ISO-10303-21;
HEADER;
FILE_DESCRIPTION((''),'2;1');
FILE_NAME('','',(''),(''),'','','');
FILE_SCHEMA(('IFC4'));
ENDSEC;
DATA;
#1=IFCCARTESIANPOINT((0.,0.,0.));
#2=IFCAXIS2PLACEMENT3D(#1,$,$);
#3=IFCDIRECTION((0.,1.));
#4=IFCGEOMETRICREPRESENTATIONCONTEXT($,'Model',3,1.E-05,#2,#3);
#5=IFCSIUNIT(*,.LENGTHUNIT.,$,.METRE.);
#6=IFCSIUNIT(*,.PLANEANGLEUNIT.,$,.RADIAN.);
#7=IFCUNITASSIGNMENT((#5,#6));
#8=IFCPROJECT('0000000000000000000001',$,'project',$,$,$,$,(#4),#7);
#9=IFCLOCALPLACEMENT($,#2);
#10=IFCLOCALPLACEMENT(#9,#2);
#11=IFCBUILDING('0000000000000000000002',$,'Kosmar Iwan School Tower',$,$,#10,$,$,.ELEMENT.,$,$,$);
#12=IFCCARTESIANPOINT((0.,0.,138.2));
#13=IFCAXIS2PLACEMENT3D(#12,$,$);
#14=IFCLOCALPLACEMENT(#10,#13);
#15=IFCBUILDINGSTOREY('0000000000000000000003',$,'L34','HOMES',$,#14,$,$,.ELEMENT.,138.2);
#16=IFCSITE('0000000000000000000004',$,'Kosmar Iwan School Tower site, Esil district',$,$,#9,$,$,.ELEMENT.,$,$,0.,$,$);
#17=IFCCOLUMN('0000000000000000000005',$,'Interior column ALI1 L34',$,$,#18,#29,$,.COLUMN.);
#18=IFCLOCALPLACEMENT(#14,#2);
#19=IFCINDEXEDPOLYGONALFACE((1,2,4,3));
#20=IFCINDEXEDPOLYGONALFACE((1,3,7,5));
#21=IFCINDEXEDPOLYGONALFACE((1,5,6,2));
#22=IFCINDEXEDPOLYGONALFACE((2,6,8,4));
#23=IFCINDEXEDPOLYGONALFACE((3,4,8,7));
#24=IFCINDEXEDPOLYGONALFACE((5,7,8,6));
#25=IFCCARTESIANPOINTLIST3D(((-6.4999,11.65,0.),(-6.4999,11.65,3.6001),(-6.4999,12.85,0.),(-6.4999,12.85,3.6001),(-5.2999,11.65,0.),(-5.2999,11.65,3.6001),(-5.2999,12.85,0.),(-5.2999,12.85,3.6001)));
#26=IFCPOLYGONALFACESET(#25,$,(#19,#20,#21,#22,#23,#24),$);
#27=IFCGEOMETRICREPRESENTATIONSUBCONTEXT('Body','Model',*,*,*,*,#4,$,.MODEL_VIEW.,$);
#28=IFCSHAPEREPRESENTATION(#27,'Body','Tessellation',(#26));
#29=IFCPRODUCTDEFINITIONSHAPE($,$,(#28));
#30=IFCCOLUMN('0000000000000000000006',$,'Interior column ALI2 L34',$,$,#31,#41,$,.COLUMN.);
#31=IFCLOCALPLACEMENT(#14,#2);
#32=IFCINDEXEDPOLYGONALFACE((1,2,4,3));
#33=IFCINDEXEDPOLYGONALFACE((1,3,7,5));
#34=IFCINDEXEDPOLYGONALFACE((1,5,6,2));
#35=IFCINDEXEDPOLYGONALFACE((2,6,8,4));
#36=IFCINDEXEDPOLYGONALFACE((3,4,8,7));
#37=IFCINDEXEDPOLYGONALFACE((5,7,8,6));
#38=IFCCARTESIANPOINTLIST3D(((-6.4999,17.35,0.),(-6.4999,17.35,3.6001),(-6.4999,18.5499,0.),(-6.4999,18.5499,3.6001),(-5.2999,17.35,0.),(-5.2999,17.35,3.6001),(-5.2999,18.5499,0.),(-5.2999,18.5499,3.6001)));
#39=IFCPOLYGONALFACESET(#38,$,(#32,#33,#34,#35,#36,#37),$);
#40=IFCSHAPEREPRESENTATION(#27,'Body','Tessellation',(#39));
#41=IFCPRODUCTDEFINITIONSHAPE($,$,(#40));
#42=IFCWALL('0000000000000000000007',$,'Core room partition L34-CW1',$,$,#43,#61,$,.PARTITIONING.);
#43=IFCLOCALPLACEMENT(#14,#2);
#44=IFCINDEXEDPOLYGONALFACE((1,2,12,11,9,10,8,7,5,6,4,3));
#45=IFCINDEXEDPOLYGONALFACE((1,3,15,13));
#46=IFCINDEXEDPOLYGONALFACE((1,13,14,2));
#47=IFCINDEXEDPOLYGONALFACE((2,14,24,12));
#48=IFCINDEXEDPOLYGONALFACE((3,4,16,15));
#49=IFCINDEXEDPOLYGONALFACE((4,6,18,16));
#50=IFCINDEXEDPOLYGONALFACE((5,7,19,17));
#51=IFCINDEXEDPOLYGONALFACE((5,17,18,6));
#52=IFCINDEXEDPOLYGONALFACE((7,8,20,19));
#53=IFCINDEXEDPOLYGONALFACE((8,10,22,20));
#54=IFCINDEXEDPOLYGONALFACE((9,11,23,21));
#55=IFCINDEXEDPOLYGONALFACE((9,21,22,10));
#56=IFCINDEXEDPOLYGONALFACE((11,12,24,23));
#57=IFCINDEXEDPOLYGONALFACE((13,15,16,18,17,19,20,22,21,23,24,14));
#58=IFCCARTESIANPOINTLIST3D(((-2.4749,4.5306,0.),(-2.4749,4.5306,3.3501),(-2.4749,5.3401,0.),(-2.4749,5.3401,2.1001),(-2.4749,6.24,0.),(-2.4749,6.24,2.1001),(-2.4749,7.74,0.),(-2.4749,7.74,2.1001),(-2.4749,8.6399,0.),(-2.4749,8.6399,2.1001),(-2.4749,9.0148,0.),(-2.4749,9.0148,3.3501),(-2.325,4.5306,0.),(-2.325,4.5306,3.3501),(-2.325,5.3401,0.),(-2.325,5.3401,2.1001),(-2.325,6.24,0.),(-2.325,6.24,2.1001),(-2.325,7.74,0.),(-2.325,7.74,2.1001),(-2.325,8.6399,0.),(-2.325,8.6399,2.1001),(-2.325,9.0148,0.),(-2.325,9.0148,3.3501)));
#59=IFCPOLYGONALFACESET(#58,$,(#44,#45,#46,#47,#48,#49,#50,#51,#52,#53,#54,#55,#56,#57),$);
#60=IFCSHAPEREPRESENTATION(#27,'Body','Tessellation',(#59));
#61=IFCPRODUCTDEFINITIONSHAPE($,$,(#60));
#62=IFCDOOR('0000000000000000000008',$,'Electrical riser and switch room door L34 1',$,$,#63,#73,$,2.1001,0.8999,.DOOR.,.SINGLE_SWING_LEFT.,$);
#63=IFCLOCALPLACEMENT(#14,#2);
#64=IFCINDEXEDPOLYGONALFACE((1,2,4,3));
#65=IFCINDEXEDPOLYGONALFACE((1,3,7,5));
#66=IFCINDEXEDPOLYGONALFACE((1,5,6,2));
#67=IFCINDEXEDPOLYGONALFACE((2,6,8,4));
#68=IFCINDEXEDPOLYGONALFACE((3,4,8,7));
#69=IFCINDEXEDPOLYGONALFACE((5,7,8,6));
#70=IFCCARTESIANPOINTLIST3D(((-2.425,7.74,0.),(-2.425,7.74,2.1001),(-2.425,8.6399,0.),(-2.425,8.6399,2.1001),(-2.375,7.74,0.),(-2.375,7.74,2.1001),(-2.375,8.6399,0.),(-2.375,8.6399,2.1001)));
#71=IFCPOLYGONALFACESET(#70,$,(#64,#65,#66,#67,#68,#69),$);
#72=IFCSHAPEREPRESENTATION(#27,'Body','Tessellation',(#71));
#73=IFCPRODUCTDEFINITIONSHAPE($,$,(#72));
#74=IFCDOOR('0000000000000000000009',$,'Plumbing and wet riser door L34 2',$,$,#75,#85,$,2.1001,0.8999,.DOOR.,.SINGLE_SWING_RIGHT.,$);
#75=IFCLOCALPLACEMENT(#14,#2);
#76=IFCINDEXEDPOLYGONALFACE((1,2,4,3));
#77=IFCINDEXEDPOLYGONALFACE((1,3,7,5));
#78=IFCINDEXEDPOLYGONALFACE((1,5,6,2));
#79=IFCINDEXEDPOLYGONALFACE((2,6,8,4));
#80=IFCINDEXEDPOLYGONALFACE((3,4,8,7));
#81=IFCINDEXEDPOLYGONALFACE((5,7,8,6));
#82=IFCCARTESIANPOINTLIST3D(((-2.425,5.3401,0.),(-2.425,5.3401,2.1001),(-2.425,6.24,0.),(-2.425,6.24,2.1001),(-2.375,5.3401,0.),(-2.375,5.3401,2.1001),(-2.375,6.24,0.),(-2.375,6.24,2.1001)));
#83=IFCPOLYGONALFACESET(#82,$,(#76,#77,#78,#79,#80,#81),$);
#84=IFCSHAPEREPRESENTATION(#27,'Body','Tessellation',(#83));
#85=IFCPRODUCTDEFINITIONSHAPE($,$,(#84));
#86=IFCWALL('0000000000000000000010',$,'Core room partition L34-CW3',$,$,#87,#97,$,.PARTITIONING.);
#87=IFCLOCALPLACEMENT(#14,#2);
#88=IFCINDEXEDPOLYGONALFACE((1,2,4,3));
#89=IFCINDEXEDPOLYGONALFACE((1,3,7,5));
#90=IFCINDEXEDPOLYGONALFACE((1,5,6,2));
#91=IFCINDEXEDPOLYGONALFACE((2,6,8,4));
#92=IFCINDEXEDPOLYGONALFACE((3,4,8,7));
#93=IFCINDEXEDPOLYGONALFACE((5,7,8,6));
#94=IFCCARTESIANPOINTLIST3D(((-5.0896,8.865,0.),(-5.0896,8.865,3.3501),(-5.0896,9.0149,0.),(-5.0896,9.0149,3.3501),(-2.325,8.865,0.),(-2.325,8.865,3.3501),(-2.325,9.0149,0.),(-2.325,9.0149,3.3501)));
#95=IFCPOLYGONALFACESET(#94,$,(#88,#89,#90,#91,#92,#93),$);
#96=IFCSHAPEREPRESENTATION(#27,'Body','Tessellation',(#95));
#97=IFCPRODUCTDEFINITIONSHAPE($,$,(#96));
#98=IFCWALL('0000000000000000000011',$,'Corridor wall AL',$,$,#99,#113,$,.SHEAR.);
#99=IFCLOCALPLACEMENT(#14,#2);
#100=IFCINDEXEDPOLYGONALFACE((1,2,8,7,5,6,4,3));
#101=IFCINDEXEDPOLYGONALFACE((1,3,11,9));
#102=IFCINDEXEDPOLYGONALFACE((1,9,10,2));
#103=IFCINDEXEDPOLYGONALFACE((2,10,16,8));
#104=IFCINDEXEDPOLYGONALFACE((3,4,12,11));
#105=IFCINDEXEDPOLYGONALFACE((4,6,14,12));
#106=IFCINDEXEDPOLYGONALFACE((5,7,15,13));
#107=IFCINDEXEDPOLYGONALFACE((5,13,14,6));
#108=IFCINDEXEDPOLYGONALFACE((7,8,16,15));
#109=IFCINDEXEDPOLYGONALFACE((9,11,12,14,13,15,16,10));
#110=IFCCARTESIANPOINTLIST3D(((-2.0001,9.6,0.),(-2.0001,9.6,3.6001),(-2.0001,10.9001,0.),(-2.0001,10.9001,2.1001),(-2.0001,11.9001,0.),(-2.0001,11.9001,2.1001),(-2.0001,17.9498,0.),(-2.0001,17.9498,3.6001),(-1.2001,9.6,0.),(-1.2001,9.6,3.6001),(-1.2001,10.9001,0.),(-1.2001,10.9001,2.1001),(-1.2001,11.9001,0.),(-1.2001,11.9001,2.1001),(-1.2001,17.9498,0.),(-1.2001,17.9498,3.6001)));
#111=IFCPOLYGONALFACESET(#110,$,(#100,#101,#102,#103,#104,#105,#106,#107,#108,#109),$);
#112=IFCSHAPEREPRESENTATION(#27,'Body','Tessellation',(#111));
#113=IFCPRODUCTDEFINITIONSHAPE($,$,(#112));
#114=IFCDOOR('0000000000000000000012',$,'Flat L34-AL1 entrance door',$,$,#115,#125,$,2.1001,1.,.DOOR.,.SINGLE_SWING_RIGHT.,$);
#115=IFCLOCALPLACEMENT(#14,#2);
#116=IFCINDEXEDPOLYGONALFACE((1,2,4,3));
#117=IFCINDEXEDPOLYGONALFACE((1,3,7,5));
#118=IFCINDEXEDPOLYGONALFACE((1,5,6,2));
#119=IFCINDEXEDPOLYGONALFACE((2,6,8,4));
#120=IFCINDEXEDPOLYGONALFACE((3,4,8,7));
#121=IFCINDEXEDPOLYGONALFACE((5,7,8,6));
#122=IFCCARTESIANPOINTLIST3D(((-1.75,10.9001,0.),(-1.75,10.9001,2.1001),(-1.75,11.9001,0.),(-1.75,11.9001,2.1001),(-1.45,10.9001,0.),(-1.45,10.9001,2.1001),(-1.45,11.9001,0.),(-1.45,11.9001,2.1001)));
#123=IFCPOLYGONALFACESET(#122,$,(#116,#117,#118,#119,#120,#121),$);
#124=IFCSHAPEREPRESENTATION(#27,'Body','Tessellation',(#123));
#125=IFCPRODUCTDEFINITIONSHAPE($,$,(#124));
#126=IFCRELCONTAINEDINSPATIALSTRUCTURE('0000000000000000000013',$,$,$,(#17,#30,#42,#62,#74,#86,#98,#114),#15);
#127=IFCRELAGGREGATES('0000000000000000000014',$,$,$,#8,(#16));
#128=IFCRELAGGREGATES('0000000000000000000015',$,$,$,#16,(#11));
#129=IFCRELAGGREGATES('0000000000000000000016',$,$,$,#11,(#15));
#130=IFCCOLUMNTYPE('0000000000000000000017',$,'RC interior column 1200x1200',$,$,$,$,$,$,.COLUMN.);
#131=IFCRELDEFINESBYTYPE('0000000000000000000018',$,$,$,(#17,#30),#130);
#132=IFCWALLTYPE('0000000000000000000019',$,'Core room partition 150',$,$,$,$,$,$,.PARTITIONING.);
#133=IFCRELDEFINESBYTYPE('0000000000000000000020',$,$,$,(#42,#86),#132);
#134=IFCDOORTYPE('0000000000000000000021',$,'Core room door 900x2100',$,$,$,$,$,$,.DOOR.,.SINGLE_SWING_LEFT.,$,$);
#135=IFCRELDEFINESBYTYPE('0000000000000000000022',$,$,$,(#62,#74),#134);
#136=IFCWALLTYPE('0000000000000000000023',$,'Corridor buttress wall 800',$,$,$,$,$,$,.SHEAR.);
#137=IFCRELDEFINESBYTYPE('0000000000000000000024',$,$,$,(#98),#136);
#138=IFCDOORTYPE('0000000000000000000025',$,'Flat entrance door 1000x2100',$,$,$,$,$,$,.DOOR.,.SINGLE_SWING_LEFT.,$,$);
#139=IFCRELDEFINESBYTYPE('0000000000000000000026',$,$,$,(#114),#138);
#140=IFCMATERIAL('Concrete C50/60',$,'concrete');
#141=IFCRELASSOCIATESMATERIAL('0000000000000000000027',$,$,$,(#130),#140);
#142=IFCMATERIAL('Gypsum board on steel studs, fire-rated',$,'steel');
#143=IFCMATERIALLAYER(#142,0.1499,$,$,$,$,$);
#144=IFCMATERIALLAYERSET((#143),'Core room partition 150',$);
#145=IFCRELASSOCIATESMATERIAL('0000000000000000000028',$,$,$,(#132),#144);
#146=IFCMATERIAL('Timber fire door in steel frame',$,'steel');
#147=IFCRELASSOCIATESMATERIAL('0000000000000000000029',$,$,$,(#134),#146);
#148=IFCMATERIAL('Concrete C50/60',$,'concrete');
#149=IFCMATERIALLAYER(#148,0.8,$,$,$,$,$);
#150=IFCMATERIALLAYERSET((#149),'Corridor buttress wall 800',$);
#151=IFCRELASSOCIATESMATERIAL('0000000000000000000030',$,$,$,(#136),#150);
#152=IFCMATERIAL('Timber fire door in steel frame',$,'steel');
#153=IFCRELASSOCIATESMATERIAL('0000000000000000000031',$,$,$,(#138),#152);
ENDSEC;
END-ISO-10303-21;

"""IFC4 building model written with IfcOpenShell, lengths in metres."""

from ifc_helpers import new_model, si_unit, direction, frame, frame_2d, origin, origin_2d, place, context, subcontext, project, spatial, rectangle, extrude, material, layer, layer_set, material_profile, profile_set, type_object, element, fill, save


model = new_model("IFC4")

# Units and contexts
model_context = context("Model", 3, precision=1e-05, world=origin(), true_north=direction((0.0, 1.0)))
body_context = subcontext(model_context, "Body", "Model", "MODEL_VIEW")
ifc_project = project(units=[si_unit("LENGTHUNIT", "METRE"), si_unit("PLANEANGLEUNIT", "RADIAN")], contexts=[model_context])

# Site, building, storey
site_placement = place(None, origin())
site = spatial("IfcSite", under=ifc_project, at=site_placement, Name="Kosmar Iwan School Tower site, Esil district", CompositionType="ELEMENT", RefElevation=0.0)
building_placement = place(site_placement, origin())
building = spatial("IfcBuilding", under=site, at=building_placement, Name="Kosmar Iwan School Tower", CompositionType="ELEMENT")
storey_placement = place(building_placement, frame((0.0, 0.0, 138.2)))
storey = spatial("IfcBuildingStorey", under=building, at=storey_placement, Name="L34", Description="HOMES", CompositionType="ELEMENT", Elevation=138.2)

# Columns
ifc_material_1 = material(Name="Concrete C50/60", Category="concrete")
ifc_material_profile = material_profile(ifc_material_1, rectangle(XDim=1.2, YDim=1.2, at=origin_2d()), Name="RC 1200x1200")
ifc_profile_set = profile_set([ifc_material_profile], Name="Concrete C50/60")
column_type = type_object("IfcColumnType", Name="RC interior column 1200x1200", PredefinedType="COLUMN", material=ifc_profile_set)
for number, where, z_axis, x_axis, name in (
    (1, (-5.8999, 12.25, 0.0), (0.0, 0.0, 1.0), (0.0, 1.0, 0.0), "Interior column ALI1 L34"),
    (2, (-5.8999, 17.95, 0.0), (0.0, 0.0, 1.0), (0.0, 1.0, 0.0), "Interior column ALI2 L34"),
):
    element("IfcColumn", number, at=place(storey_placement, frame(where, z_axis=z_axis, x_axis=x_axis)), inside=storey, type_object=column_type, Name=name, PredefinedType="COLUMN", context=body_context, shape_type="SweptSolid", body=[
        extrude(rectangle(XDim=1.2, YDim=1.2, at=origin_2d()), origin(), (0.0, 0.0, 1.0), 3.6001),
    ])

# Wall, openings, doors
ifc_material_2 = material(Name="Gypsum board on steel studs, fire-rated", Category="steel")
ifc_layer_1 = layer(ifc_material_2, 0.1499)
ifc_layer_set_1 = layer_set([ifc_layer_1], Name="Core room partition 150")
wall_type_1 = type_object("IfcWallType", Name="Core room partition 150", PredefinedType="PARTITIONING", material=ifc_layer_set_1)
wall_1_placement = place(storey_placement, frame((-2.3999, 9.0149, 0.0), z_axis=(0.0, 0.0, 1.0), x_axis=(0.0, -1.0, 0.0)))
wall_1 = element("IfcWall", 3, at=wall_1_placement, inside=storey, type_object=wall_type_1, Name="Core room partition L34-CW1", PredefinedType="PARTITIONING", context=body_context, shape_type="SweptSolid", body=[
    extrude(rectangle(XDim=4.4841, YDim=0.1499, at=frame_2d((2.2422, 0.0))), origin(), (0.0, 0.0, 1.0), 3.3501),
])
opening_1_placement = place(wall_1_placement, frame((0.375, 0.0, 0.0)))
opening_1 = element("IfcOpeningElement", 4, at=opening_1_placement, cuts=wall_1, PredefinedType="OPENING", context=body_context, shape_type="SweptSolid", body=[
    extrude(rectangle(XDim=0.8999, YDim=2.1001, at=frame_2d((0.45, 1.05))), frame((0.0, 0.0869, 0.0), z_axis=(0.0, -1.0, 0.0), x_axis=(1.0, 0.0, 0.0)), (0.0, 0.0, 1.0), 0.1738),
])
opening_2_placement = place(wall_1_placement, frame((2.7749, 0.0, 0.0)))
opening_2 = element("IfcOpeningElement", 5, at=opening_2_placement, cuts=wall_1, PredefinedType="OPENING", context=body_context, shape_type="SweptSolid", body=[
    extrude(rectangle(XDim=0.8999, YDim=2.1001, at=frame_2d((0.45, 1.05))), frame((0.0, 0.0869, 0.0), z_axis=(0.0, -1.0, 0.0), x_axis=(1.0, 0.0, 0.0)), (0.0, 0.0, 1.0), 0.1738),
])
ifc_material_3 = material(Name="Timber fire door in steel frame", Category="steel")
door_type_1 = type_object("IfcDoorType", Name="Core room door 900x2100", OperationType="SINGLE_SWING_LEFT", PredefinedType="DOOR", material=ifc_material_3)
door_1_placement = place(opening_1_placement, origin())
door_1 = element("IfcDoor", 6, at=door_1_placement, inside=storey, type_object=door_type_1, Name="Electrical riser and switch room door L34 1", OperationType="SINGLE_SWING_LEFT", OverallHeight=2.1001, OverallWidth=0.8999, PredefinedType="DOOR", context=body_context, shape_type="SweptSolid", body=[
    extrude(rectangle(XDim=0.8999, YDim=2.1001, at=frame_2d((0.45, 1.05))), frame((0.0, 0.0249, 0.0), z_axis=(0.0, -1.0, 0.0), x_axis=(1.0, 0.0, 0.0)), (0.0, 0.0, 1.0), 0.05),
])
fill(opening_1, door_1)
door_2_placement = place(opening_2_placement, origin())
door_2 = element("IfcDoor", 7, at=door_2_placement, inside=storey, type_object=door_type_1, Name="Plumbing and wet riser door L34 2", OperationType="SINGLE_SWING_RIGHT", OverallHeight=2.1001, OverallWidth=0.8999, PredefinedType="DOOR", context=body_context, shape_type="SweptSolid", body=[
    extrude(rectangle(XDim=0.8999, YDim=2.1001, at=frame_2d((0.45, 1.05))), frame((0.0, 0.0249, 0.0), z_axis=(0.0, -1.0, 0.0), x_axis=(1.0, 0.0, 0.0)), (0.0, 0.0, 1.0), 0.05),
])
fill(opening_2, door_2)

# Wall
wall_2_placement = place(storey_placement, frame((-5.0896, 8.9399, 0.0), z_axis=(0.0, 0.0, 1.0), x_axis=(1.0, 0.0, 0.0)))
element("IfcWall", 8, at=wall_2_placement, inside=storey, type_object=wall_type_1, Name="Core room partition L34-CW3", PredefinedType="PARTITIONING", context=body_context, shape_type="SweptSolid", body=[
    extrude(rectangle(XDim=2.7646, YDim=0.1499, at=frame_2d((1.3823, 0.0))), origin(), (0.0, 0.0, 1.0), 3.3501),
])

# Wall, opening, door
ifc_material_4 = material(Name="Concrete C50/60", Category="concrete")
ifc_layer_2 = layer(ifc_material_4, 0.8)
ifc_layer_set_2 = layer_set([ifc_layer_2], Name="Corridor buttress wall 800")
wall_type_2 = type_object("IfcWallType", Name="Corridor buttress wall 800", PredefinedType="SHEAR", material=ifc_layer_set_2)
wall_3_placement = place(storey_placement, frame((-1.6001, 9.6001, 0.0), z_axis=(0.0, 0.0, 1.0), x_axis=(0.0, 1.0, 0.0)))
wall_3 = element("IfcWall", 9, at=wall_3_placement, inside=storey, type_object=wall_type_2, Name="Corridor wall AL", PredefinedType="SHEAR", context=body_context, shape_type="SweptSolid", body=[
    extrude(rectangle(XDim=8.3499, YDim=0.8, at=frame_2d((4.1748, 0.0))), origin(), (0.0, 0.0, 1.0), 3.6001),
])
opening_3_placement = place(wall_3_placement, frame((1.3, 0.0, 0.0)))
opening_3 = element("IfcOpeningElement", 10, at=opening_3_placement, cuts=wall_3, PredefinedType="OPENING", context=body_context, shape_type="SweptSolid", body=[
    extrude(rectangle(XDim=1.0, YDim=2.1001, at=frame_2d((0.5, 1.05))), frame((0.0, 0.4121, 0.0), z_axis=(0.0, -1.0, 0.0), x_axis=(1.0, 0.0, 0.0)), (0.0, 0.0, 1.0), 0.824),
])
ifc_material_5 = material(Name="Timber fire door in steel frame", Category="steel")
door_type_2 = type_object("IfcDoorType", Name="Flat entrance door 1000x2100", OperationType="SINGLE_SWING_LEFT", PredefinedType="DOOR", material=ifc_material_5)
door_3_placement = place(opening_3_placement, origin())
door_3 = element("IfcDoor", 11, at=door_3_placement, inside=storey, type_object=door_type_2, Name="Flat L34-AL1 entrance door", OperationType="SINGLE_SWING_RIGHT", OverallHeight=2.1001, OverallWidth=1.0, PredefinedType="DOOR", context=body_context, shape_type="SweptSolid", body=[
    extrude(rectangle(XDim=1.0, YDim=2.1001, at=frame_2d((0.5, 1.05))), frame((0.0, 0.1499, 0.0), z_axis=(0.0, -1.0, 0.0), x_axis=(1.0, 0.0, 0.0)), (0.0, 0.0, 1.0), 0.3),
])
fill(opening_3, door_3)

save(model, "model.ifc")
